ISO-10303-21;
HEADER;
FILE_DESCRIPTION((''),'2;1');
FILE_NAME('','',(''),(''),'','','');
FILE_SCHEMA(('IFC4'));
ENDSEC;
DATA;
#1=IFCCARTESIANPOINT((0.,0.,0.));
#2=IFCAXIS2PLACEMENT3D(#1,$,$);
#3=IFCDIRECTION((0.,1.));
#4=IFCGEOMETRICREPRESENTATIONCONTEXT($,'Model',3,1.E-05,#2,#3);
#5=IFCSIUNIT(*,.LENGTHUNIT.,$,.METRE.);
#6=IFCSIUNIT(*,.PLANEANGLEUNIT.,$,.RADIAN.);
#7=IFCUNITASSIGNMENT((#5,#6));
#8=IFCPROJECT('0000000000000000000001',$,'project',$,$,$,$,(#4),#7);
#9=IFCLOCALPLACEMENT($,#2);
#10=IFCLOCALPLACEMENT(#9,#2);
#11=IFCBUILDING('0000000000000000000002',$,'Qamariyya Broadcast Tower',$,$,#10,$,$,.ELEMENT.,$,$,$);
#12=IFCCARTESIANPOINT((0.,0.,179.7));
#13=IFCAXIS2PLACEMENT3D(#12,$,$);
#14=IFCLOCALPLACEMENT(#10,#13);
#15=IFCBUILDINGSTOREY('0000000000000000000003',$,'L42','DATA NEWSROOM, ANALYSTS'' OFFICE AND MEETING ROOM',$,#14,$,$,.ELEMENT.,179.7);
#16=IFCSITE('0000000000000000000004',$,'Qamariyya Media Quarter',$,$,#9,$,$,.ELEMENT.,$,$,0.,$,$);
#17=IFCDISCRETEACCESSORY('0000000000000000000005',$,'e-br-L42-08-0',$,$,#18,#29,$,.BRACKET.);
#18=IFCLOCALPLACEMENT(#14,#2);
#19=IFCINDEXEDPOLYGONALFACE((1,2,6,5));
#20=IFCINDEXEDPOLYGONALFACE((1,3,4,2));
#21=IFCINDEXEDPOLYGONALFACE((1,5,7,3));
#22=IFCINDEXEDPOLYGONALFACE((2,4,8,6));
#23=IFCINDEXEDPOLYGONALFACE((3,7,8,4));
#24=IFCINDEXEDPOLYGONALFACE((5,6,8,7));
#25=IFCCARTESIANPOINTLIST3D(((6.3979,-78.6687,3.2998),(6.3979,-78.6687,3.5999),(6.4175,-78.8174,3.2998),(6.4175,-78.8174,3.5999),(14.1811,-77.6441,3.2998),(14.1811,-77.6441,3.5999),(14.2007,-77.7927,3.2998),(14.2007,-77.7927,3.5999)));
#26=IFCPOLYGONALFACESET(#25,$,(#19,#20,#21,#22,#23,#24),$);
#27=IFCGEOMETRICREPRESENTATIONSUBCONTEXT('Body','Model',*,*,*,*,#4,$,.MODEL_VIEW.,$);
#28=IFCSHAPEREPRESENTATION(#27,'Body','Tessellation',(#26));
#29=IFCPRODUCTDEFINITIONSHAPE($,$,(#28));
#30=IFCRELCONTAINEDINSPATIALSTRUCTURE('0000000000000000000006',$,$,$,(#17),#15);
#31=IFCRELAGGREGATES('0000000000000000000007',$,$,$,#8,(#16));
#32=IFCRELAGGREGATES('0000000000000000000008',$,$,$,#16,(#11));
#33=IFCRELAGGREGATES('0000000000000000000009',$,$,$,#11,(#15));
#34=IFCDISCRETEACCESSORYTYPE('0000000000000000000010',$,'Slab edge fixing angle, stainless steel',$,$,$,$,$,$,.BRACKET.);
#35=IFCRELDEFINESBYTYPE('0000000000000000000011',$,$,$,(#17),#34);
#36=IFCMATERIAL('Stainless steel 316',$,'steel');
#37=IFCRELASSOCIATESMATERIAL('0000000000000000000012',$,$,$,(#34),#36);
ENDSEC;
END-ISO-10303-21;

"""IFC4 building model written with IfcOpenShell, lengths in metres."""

from ifc_helpers import new_model, si_unit, direction, frame, origin, origin_2d, place, context, subcontext, project, spatial, rectangle, extrude, material, type_object, element, save


model = new_model("IFC4")

# Units and contexts
model_context = context("Model", 3, precision=1e-05, world=origin(), true_north=direction((0.0, 1.0)))
body_context = subcontext(model_context, "Body", "Model", "MODEL_VIEW")
ifc_project = project(units=[si_unit("LENGTHUNIT", "METRE"), si_unit("PLANEANGLEUNIT", "RADIAN")], contexts=[model_context])

# Site, building, storey
site_placement = place(None, origin())
site = spatial("IfcSite", under=ifc_project, at=site_placement, Name="Qamariyya Media Quarter", CompositionType="ELEMENT", RefElevation=0.0)
building_placement = place(site_placement, origin())
building = spatial("IfcBuilding", under=site, at=building_placement, Name="Qamariyya Broadcast Tower", CompositionType="ELEMENT")
storey_placement = place(building_placement, frame((0.0, 0.0, 179.7)))
storey = spatial("IfcBuildingStorey", under=building, at=storey_placement, Name="L42", Description="DATA NEWSROOM, ANALYSTS' OFFICE AND MEETING ROOM", CompositionType="ELEMENT", Elevation=179.7)

# Discrete accessory
ifc_material_1 = material(Name="Stainless steel 316", Category="steel")
discrete_accessory_type = type_object("IfcDiscreteAccessoryType", Name="Slab edge fixing angle, stainless steel", PredefinedType="BRACKET", material=ifc_material_1)
discrete_accessory_1_placement = place(storey_placement, frame((10.2993, -78.2307, 3.2998), z_axis=(0.0, 0.0, 1.0), x_axis=(0.991445, 0.130526, 0.0)))
element("IfcDiscreteAccessory", 1, at=discrete_accessory_1_placement, inside=storey, type_object=discrete_accessory_type, Name="e-br-L42-08-0", PredefinedType="BRACKET", context=body_context, shape_type="SweptSolid", body=[
    extrude(rectangle(XDim=7.8503, YDim=0.1499, at=origin_2d()), origin(), (0.0, 0.0, 1.0), 0.3),
])

save(model, "model.ifc")
